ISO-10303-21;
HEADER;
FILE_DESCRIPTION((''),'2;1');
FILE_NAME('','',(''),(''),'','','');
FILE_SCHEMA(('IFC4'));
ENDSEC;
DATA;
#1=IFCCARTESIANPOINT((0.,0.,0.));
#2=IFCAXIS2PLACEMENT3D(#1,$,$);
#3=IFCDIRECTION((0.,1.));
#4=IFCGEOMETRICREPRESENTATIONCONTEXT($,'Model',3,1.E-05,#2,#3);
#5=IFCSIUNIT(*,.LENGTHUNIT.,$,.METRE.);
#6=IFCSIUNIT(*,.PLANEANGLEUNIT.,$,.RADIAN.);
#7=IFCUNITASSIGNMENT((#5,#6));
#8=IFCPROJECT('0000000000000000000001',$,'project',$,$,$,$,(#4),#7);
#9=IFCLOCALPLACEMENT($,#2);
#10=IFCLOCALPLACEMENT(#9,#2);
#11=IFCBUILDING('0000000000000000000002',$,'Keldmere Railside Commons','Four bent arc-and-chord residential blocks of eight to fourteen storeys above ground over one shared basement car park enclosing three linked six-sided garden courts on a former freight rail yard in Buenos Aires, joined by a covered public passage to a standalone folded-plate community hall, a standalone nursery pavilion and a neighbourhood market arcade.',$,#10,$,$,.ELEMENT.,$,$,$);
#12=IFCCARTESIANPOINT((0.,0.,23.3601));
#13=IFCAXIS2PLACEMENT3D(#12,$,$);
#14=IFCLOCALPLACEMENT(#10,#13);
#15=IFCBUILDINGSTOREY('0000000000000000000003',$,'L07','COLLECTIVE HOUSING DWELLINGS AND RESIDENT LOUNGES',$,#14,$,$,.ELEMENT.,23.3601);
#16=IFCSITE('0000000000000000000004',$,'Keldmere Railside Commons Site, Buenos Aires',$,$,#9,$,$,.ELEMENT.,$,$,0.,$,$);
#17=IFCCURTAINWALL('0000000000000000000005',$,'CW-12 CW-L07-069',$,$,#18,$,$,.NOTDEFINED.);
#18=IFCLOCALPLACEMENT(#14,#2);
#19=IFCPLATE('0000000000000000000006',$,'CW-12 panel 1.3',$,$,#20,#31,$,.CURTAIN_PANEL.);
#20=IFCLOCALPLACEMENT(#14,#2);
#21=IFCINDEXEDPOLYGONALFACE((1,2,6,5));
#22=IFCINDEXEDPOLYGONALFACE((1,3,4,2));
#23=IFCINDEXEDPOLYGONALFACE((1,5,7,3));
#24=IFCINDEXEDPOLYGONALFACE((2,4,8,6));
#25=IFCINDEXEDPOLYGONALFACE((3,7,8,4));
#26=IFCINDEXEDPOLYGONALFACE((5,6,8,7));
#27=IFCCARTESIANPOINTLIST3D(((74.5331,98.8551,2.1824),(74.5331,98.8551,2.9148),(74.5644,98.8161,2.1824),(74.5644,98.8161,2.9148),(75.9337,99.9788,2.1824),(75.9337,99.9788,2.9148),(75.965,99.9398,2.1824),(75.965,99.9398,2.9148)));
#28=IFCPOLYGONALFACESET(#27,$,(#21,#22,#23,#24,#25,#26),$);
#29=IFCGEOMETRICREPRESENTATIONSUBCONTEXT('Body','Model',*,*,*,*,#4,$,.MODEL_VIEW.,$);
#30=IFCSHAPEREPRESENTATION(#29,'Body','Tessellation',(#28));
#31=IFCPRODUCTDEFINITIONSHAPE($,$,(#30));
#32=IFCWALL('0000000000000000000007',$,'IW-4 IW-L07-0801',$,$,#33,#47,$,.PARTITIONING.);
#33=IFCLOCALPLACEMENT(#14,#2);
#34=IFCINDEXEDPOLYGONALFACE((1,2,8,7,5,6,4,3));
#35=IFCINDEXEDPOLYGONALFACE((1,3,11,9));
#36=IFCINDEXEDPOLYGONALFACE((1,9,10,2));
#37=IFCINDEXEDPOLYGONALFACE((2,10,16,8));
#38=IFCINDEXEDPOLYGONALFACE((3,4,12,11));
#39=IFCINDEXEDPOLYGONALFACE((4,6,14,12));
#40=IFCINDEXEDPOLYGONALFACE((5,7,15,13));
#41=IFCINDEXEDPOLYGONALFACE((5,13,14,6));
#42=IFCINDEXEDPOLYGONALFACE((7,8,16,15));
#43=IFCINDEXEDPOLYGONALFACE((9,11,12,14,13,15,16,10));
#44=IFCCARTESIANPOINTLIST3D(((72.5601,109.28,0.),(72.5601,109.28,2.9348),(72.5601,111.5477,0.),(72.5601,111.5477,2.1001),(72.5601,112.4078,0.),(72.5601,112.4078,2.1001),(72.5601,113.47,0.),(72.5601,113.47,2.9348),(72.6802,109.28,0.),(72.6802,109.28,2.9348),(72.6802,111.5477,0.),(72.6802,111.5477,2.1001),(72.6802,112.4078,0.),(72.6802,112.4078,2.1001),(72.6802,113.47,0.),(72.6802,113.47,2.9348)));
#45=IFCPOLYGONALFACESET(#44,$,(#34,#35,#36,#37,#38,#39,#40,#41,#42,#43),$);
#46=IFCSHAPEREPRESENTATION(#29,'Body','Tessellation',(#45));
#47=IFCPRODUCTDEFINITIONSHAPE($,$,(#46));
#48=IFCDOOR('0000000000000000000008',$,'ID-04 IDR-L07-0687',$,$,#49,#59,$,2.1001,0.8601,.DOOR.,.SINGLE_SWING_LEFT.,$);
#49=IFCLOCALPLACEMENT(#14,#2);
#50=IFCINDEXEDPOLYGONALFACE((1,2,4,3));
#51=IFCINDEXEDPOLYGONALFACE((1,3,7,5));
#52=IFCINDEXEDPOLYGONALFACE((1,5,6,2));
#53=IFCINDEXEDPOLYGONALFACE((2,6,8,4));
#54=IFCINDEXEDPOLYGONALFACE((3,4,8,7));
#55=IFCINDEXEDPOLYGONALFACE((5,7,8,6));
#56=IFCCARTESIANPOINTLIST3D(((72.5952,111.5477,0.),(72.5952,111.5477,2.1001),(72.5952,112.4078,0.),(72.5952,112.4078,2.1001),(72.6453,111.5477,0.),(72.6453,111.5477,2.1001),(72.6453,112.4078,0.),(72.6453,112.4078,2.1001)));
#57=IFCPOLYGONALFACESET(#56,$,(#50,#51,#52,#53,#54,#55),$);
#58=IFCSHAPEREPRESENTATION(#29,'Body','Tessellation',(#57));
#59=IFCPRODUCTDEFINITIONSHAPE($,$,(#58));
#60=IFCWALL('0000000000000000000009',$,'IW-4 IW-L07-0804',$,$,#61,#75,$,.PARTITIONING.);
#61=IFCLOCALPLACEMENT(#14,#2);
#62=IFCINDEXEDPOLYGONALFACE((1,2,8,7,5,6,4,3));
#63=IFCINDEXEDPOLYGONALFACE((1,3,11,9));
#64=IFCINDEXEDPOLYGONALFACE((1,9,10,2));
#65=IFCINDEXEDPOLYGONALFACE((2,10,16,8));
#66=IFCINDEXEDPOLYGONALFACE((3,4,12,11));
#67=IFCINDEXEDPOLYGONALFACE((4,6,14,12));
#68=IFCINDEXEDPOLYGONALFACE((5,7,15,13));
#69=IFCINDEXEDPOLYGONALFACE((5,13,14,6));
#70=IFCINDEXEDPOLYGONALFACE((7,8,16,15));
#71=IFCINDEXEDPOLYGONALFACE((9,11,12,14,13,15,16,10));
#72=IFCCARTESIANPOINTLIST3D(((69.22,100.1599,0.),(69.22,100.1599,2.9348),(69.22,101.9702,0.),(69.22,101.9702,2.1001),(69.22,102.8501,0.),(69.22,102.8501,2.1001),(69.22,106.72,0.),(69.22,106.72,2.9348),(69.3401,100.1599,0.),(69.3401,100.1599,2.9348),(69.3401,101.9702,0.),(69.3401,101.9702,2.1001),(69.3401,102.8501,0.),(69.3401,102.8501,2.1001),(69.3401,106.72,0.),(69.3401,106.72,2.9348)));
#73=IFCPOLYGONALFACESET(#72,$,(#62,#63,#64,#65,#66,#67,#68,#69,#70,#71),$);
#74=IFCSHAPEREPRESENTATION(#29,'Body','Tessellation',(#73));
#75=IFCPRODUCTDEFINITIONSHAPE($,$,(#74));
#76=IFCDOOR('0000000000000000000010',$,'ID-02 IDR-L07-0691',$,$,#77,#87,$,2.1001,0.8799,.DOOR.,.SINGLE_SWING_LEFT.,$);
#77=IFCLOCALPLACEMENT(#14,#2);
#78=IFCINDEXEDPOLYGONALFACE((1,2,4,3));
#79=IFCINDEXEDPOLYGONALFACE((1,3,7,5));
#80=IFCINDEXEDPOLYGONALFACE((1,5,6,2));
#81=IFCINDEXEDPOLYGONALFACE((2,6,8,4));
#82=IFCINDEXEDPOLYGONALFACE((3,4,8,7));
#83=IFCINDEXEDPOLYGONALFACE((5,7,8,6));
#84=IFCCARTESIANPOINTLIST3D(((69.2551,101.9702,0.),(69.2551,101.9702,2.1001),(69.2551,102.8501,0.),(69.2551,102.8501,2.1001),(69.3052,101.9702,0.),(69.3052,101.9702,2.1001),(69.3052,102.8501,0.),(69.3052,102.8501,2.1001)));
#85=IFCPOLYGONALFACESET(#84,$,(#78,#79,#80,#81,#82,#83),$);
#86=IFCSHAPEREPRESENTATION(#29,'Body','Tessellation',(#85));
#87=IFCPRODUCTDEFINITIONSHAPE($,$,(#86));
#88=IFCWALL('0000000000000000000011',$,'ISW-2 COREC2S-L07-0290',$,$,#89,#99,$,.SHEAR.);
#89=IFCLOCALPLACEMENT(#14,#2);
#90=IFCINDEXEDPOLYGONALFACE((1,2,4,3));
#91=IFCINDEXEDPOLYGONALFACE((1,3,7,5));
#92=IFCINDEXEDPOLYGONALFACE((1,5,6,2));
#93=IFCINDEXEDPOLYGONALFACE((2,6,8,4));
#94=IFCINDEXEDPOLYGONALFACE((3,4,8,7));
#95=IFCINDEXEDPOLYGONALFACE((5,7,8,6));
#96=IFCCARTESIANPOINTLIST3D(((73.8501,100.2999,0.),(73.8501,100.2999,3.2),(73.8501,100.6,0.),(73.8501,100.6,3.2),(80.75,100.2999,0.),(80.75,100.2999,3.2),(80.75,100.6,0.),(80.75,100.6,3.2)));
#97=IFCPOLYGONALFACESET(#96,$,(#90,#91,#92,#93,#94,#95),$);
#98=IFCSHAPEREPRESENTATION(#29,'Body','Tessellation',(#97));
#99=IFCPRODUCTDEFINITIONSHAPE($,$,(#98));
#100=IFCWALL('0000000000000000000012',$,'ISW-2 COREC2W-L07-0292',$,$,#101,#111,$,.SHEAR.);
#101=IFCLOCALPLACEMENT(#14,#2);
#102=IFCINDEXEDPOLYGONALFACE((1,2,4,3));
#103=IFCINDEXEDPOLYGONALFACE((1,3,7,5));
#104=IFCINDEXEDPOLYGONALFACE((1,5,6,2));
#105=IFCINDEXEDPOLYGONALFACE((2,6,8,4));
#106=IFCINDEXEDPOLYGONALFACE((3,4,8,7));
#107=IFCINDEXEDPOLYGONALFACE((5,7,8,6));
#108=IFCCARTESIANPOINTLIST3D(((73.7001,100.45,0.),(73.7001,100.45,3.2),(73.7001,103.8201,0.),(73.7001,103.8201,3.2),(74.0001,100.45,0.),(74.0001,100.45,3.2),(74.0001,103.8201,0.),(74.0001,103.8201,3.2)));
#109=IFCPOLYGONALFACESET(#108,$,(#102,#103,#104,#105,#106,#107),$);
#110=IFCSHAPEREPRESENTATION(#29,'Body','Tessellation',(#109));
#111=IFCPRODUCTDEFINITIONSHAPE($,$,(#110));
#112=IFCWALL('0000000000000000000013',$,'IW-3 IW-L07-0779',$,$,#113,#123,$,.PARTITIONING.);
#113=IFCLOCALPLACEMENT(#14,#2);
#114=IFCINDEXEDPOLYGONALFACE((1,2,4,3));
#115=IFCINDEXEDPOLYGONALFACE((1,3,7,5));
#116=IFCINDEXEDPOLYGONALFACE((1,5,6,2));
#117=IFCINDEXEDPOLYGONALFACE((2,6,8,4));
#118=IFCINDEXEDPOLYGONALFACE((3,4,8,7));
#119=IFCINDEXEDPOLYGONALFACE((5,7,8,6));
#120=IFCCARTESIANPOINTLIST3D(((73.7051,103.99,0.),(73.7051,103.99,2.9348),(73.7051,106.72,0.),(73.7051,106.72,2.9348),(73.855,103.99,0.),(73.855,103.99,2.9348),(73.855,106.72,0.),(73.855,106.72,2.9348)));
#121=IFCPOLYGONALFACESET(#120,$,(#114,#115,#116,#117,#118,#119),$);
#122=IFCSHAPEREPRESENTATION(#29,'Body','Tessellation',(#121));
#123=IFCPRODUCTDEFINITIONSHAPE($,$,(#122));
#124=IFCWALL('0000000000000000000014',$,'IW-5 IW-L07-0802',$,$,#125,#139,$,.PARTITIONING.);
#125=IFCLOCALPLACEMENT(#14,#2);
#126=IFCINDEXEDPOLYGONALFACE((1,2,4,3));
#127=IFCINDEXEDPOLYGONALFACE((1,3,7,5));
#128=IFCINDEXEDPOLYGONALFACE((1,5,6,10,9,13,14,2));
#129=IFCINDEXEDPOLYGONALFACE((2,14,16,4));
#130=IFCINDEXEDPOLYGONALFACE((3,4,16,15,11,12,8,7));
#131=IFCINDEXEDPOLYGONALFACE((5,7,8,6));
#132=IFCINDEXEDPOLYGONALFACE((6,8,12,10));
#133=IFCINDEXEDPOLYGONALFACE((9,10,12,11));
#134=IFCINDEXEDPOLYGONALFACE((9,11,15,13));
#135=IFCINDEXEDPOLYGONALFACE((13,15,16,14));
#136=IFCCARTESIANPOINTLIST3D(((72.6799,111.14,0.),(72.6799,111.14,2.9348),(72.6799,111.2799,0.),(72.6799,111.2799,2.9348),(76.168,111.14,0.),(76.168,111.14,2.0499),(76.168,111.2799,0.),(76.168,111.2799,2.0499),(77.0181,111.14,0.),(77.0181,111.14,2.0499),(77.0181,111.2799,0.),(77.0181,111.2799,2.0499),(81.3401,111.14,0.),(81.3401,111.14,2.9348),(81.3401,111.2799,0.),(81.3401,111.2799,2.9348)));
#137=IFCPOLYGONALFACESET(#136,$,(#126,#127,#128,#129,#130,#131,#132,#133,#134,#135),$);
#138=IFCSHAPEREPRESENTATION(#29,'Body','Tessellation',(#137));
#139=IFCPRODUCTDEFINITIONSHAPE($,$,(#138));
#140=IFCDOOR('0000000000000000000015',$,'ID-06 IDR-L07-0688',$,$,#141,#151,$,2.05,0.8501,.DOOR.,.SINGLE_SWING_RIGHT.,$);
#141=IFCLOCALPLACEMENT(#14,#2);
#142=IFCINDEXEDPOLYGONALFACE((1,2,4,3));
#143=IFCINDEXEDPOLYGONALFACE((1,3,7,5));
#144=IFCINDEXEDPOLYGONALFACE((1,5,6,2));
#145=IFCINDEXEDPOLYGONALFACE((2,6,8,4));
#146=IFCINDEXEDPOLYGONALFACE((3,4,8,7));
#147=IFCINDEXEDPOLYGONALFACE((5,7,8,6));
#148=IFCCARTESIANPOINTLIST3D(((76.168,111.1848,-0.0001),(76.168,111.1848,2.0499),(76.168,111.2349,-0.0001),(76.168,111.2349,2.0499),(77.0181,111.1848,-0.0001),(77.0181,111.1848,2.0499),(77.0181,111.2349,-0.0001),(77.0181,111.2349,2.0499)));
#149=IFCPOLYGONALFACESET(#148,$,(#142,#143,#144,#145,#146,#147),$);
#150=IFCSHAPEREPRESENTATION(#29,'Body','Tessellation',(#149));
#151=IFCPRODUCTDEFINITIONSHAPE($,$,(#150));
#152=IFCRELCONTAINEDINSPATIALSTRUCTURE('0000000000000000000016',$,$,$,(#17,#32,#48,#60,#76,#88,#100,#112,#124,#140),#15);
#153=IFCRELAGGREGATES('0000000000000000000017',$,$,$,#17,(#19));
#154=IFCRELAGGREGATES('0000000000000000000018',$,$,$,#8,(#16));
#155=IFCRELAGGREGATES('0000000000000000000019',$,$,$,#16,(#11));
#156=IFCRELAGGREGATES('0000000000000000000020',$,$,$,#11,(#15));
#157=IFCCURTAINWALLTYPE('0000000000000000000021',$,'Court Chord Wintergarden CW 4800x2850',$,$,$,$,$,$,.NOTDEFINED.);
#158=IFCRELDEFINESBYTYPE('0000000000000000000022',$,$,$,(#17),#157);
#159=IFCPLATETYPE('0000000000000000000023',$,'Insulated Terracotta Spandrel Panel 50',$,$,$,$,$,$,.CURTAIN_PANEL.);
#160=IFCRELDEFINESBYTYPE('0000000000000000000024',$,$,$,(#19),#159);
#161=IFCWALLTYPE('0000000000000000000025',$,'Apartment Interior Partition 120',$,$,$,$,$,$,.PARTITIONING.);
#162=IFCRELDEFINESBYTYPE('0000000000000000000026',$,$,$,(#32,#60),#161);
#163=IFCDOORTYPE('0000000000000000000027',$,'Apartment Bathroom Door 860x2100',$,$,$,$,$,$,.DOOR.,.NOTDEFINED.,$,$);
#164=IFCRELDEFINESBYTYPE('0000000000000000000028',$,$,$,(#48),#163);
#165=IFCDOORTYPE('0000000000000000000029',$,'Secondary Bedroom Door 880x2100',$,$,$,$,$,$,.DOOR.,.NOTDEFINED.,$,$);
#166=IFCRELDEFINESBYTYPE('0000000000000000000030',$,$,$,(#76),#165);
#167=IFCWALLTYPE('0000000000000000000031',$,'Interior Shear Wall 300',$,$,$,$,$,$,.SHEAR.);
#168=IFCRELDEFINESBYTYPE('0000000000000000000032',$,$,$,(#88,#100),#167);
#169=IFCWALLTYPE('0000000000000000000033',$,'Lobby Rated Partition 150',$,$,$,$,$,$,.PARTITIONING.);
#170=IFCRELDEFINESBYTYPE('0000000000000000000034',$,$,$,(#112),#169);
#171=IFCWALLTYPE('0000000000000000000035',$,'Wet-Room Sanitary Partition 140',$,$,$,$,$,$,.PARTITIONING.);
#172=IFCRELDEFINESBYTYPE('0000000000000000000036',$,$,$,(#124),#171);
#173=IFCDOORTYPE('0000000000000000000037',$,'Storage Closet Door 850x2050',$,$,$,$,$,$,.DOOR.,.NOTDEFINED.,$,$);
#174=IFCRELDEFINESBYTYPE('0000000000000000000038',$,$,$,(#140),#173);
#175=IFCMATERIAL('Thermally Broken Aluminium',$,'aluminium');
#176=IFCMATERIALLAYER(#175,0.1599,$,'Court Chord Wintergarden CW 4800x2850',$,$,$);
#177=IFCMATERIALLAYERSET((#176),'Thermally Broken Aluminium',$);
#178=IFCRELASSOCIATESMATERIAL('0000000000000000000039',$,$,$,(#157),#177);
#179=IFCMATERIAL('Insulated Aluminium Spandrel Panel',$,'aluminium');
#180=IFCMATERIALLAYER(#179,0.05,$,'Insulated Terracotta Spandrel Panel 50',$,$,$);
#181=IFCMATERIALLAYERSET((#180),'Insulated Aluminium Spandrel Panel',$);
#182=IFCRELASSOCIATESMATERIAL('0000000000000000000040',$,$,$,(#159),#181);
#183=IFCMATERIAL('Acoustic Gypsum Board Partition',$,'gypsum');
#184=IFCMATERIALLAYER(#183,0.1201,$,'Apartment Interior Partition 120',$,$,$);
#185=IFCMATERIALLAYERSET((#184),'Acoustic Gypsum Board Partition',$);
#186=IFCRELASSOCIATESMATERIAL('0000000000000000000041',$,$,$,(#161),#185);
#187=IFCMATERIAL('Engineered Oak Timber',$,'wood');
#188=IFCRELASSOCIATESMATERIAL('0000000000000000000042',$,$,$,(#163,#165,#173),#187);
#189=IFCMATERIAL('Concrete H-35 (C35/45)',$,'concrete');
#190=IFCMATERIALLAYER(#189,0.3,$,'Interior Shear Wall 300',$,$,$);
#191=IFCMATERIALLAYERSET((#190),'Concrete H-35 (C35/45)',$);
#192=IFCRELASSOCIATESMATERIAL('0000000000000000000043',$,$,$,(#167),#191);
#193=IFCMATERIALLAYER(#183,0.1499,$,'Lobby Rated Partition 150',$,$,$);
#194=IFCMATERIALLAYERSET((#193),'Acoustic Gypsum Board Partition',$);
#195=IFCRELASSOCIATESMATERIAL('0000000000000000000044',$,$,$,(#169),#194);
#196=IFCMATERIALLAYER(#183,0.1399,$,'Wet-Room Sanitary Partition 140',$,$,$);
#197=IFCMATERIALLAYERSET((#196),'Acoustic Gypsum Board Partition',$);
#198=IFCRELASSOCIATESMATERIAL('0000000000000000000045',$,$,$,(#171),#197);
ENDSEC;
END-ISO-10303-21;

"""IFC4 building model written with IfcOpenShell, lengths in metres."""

from ifc_helpers import new_model, si_unit, direction, frame, frame_2d, origin, origin_2d, place, context, subcontext, project, spatial, rectangle, extrude, material, layer, layer_set, type_object, element, fill, aggregate, save


model = new_model("IFC4")

# Units and contexts
model_context = context("Model", 3, precision=1e-05, world=origin(), true_north=direction((0.0, 1.0)))
body_context = subcontext(model_context, "Body", "Model", "MODEL_VIEW")
ifc_project = project(units=[si_unit("LENGTHUNIT", "METRE"), si_unit("PLANEANGLEUNIT", "RADIAN")], contexts=[model_context])

# Site, building, storey
site_placement = place(None, origin())
site = spatial("IfcSite", under=ifc_project, at=site_placement, Name="Keldmere Railside Commons Site, Buenos Aires", CompositionType="ELEMENT", RefElevation=0.0)
building_placement = place(site_placement, origin())
building = spatial("IfcBuilding", under=site, at=building_placement, Name="Keldmere Railside Commons", Description="Four bent arc-and-chord residential blocks of eight to fourteen storeys above ground over one shared basement car park enclosing three linked six-sided garden courts on a former freight rail yard in Buenos Aires, joined by a covered public passage to a standalone folded-plate community hall, a standalone nursery pavilion and a neighbourhood market arcade.", CompositionType="ELEMENT")
storey_placement = place(building_placement, frame((0.0, 0.0, 23.3601)))
storey = spatial("IfcBuildingStorey", under=building, at=storey_placement, Name="L07", Description="COLLECTIVE HOUSING DWELLINGS AND RESIDENT LOUNGES", CompositionType="ELEMENT", Elevation=23.3601)

# Shared definitions
ifc_material_1 = material(Name="Concrete H-35 (C35/45)", Category="concrete")

# Curtain wall, plate
ifc_material_2 = material(Name="Thermally Broken Aluminium", Category="aluminium")
ifc_layer_1 = layer(ifc_material_2, 0.1599, Name="Court Chord Wintergarden CW 4800x2850")
ifc_layer_set_1 = layer_set([ifc_layer_1], Name="Thermally Broken Aluminium")
curtain_wall_type = type_object("IfcCurtainWallType", Name="Court Chord Wintergarden CW 4800x2850", PredefinedType="NOTDEFINED", material=ifc_layer_set_1)
curtain_wall_placement = place(storey_placement, origin())
curtain_wall = element("IfcCurtainWall", 1, at=curtain_wall_placement, inside=storey, type_object=curtain_wall_type, Name="CW-12 CW-L07-069", PredefinedType="NOTDEFINED")
ifc_material_3 = material(Name="Insulated Aluminium Spandrel Panel", Category="aluminium")
ifc_layer_2 = layer(ifc_material_3, 0.05, Name="Insulated Terracotta Spandrel Panel 50")
ifc_layer_set_2 = layer_set([ifc_layer_2], Name="Insulated Aluminium Spandrel Panel")
plate_type = type_object("IfcPlateType", Name="Insulated Terracotta Spandrel Panel 50", PredefinedType="CURTAIN_PANEL", material=ifc_layer_set_2)
plate_1_placement = place(storey_placement, frame((75.249, 99.3975, 2.1824), z_axis=(0.0, 0.0, 1.0), x_axis=(-0.780009, -0.625768, 0.0)))
plate_1 = element("IfcPlate", 2, at=plate_1_placement, type_object=plate_type, Name="CW-12 panel 1.3", PredefinedType="CURTAIN_PANEL", context=body_context, shape_type="SweptSolid", body=[
    extrude(rectangle(XDim=1.7957, YDim=0.05, at=origin_2d()), origin(), (0.0, 0.0, 1.0), 0.7324),
])
aggregate(curtain_wall, [plate_1])

# Walls, openings, doors
ifc_material_4 = material(Name="Acoustic Gypsum Board Partition", Category="gypsum")
ifc_layer_3 = layer(ifc_material_4, 0.1201, Name="Apartment Interior Partition 120")
ifc_layer_set_3 = layer_set([ifc_layer_3], Name="Acoustic Gypsum Board Partition")
wall_type_1 = type_object("IfcWallType", Name="Apartment Interior Partition 120", PredefinedType="PARTITIONING", material=ifc_layer_set_3)
wall_1_placement = place(storey_placement, frame((72.6201, 109.28, 0.0), z_axis=(0.0, 0.0, 1.0), x_axis=(0.0, 1.0, 0.0)))
wall_1 = element("IfcWall", 3, at=wall_1_placement, inside=storey, type_object=wall_type_1, Name="IW-4 IW-L07-0801", PredefinedType="PARTITIONING", context=body_context, shape_type="SweptSolid", body=[
    extrude(rectangle(XDim=4.1899, YDim=0.1201, at=frame_2d((2.095, 0.0))), origin(), (0.0, 0.0, 1.0), 2.9348),
])
opening_1_placement = place(wall_1_placement, frame((2.2676, 0.0, 0.0)))
opening_1 = element("IfcOpeningElement", 4, at=opening_1_placement, cuts=wall_1, PredefinedType="OPENING", context=body_context, shape_type="SweptSolid", body=[
    extrude(rectangle(XDim=0.8601, YDim=2.1001, at=frame_2d((0.4302, 1.05))), frame((0.0, 0.0701, 0.0), z_axis=(0.0, -1.0, 0.0), x_axis=(1.0, 0.0, 0.0)), (0.0, 0.0, 1.0), 0.1401),
])
ifc_material_5 = material(Name="Engineered Oak Timber", Category="wood")
door_type_1 = type_object("IfcDoorType", Name="Apartment Bathroom Door 860x2100", OperationType="NOTDEFINED", PredefinedType="DOOR", material=ifc_material_5)
door_1_placement = place(opening_1_placement, origin())
door_1 = element("IfcDoor", 5, at=door_1_placement, inside=storey, type_object=door_type_1, Name="ID-04 IDR-L07-0687", OperationType="SINGLE_SWING_LEFT", OverallHeight=2.1001, OverallWidth=0.8601, PredefinedType="DOOR", context=body_context, shape_type="SweptSolid", body=[
    extrude(rectangle(XDim=0.8601, YDim=2.1001, at=frame_2d((0.4302, 1.05))), frame((0.0, 0.0249, 0.0), z_axis=(0.0, -1.0, 0.0), x_axis=(1.0, 0.0, 0.0)), (0.0, 0.0, 1.0), 0.05),
])
fill(opening_1, door_1)
wall_2_placement = place(storey_placement, frame((69.28, 100.1599, 0.0), z_axis=(0.0, 0.0, 1.0), x_axis=(0.0, 1.0, 0.0)))
wall_2 = element("IfcWall", 6, at=wall_2_placement, inside=storey, type_object=wall_type_1, Name="IW-4 IW-L07-0804", PredefinedType="PARTITIONING", context=body_context, shape_type="SweptSolid", body=[
    extrude(rectangle(XDim=6.5601, YDim=0.1201, at=frame_2d((3.28, 0.0))), origin(), (0.0, 0.0, 1.0), 2.9348),
])
opening_2_placement = place(wall_2_placement, frame((1.8103, 0.0, 0.0)))
opening_2 = element("IfcOpeningElement", 7, at=opening_2_placement, cuts=wall_2, PredefinedType="OPENING", context=body_context, shape_type="SweptSolid", body=[
    extrude(rectangle(XDim=0.8799, YDim=2.1001, at=frame_2d((0.4399, 1.05))), frame((0.0, 0.0701, 0.0), z_axis=(0.0, -1.0, 0.0), x_axis=(1.0, 0.0, 0.0)), (0.0, 0.0, 1.0), 0.1401),
])
door_type_2 = type_object("IfcDoorType", Name="Secondary Bedroom Door 880x2100", OperationType="NOTDEFINED", PredefinedType="DOOR", material=ifc_material_5)
door_2_placement = place(opening_2_placement, origin())
door_2 = element("IfcDoor", 8, at=door_2_placement, inside=storey, type_object=door_type_2, Name="ID-02 IDR-L07-0691", OperationType="SINGLE_SWING_LEFT", OverallHeight=2.1001, OverallWidth=0.8799, PredefinedType="DOOR", context=body_context, shape_type="SweptSolid", body=[
    extrude(rectangle(XDim=0.8799, YDim=2.1001, at=frame_2d((0.4399, 1.05))), frame((0.0, 0.0249, 0.0), z_axis=(0.0, -1.0, 0.0), x_axis=(1.0, 0.0, 0.0)), (0.0, 0.0, 1.0), 0.05),
])
fill(opening_2, door_2)

# Walls
ifc_layer_4 = layer(ifc_material_1, 0.3, Name="Interior Shear Wall 300")
ifc_layer_set_4 = layer_set([ifc_layer_4], Name="Concrete H-35 (C35/45)")
wall_type_2 = type_object("IfcWallType", Name="Interior Shear Wall 300", PredefinedType="SHEAR", material=ifc_layer_set_4)
wall_3_placement = place(storey_placement, frame((73.8501, 100.45, 0.0), z_axis=(0.0, 0.0, 1.0), x_axis=(1.0, 0.0, 0.0)))
element("IfcWall", 9, at=wall_3_placement, inside=storey, type_object=wall_type_2, Name="ISW-2 COREC2S-L07-0290", PredefinedType="SHEAR", context=body_context, shape_type="SweptSolid", body=[
    extrude(rectangle(XDim=6.8999, YDim=0.3, at=frame_2d((3.45, 0.0))), origin(), (0.0, 0.0, 1.0), 3.2),
])
wall_4_placement = place(storey_placement, frame((73.8501, 103.8201, 0.0), z_axis=(0.0, 0.0, 1.0), x_axis=(0.0, -1.0, 0.0)))
element("IfcWall", 10, at=wall_4_placement, inside=storey, type_object=wall_type_2, Name="ISW-2 COREC2W-L07-0292", PredefinedType="SHEAR", context=body_context, shape_type="SweptSolid", body=[
    extrude(rectangle(XDim=3.3701, YDim=0.3, at=frame_2d((1.6851, 0.0))), origin(), (0.0, 0.0, 1.0), 3.2),
])
ifc_layer_5 = layer(ifc_material_4, 0.1499, Name="Lobby Rated Partition 150")
ifc_layer_set_5 = layer_set([ifc_layer_5], Name="Acoustic Gypsum Board Partition")
wall_type_3 = type_object("IfcWallType", Name="Lobby Rated Partition 150", PredefinedType="PARTITIONING", material=ifc_layer_set_5)
wall_5_placement = place(storey_placement, frame((73.78, 103.99, 0.0), z_axis=(0.0, 0.0, 1.0), x_axis=(0.0, 1.0, 0.0)))
element("IfcWall", 11, at=wall_5_placement, inside=storey, type_object=wall_type_3, Name="IW-3 IW-L07-0779", PredefinedType="PARTITIONING", context=body_context, shape_type="SweptSolid", body=[
    extrude(rectangle(XDim=2.73, YDim=0.1499, at=frame_2d((1.365, 0.0))), origin(), (0.0, 0.0, 1.0), 2.9348),
])

# Wall, opening, door
ifc_layer_6 = layer(ifc_material_4, 0.1399, Name="Wet-Room Sanitary Partition 140")
ifc_layer_set_6 = layer_set([ifc_layer_6], Name="Acoustic Gypsum Board Partition")
wall_type_4 = type_object("IfcWallType", Name="Wet-Room Sanitary Partition 140", PredefinedType="PARTITIONING", material=ifc_layer_set_6)
wall_6_placement = place(storey_placement, frame((72.6799, 111.21, 0.0), z_axis=(0.0, 0.0, 1.0), x_axis=(1.0, 0.0, 0.0)))
wall_6 = element("IfcWall", 12, at=wall_6_placement, inside=storey, type_object=wall_type_4, Name="IW-5 IW-L07-0802", PredefinedType="PARTITIONING", context=body_context, shape_type="SweptSolid", body=[
    extrude(rectangle(XDim=8.6602, YDim=0.1399, at=frame_2d((4.3301, 0.0))), origin(), (0.0, 0.0, 1.0), 2.9348),
])
opening_3_placement = place(wall_6_placement, frame((3.488, 0.0, 0.0)))
opening_3 = element("IfcOpeningElement", 13, at=opening_3_placement, cuts=wall_6, PredefinedType="OPENING", context=body_context, shape_type="SweptSolid", body=[
    extrude(rectangle(XDim=0.8501, YDim=2.05, at=frame_2d((0.425, 1.0249))), frame((0.0, 0.0798, 0.0), z_axis=(0.0, -1.0, 0.0), x_axis=(1.0, 0.0, 0.0)), (0.0, 0.0, 1.0), 0.1599),
])
door_type_3 = type_object("IfcDoorType", Name="Storage Closet Door 850x2050", OperationType="NOTDEFINED", PredefinedType="DOOR", material=ifc_material_5)
door_3_placement = place(opening_3_placement, origin())
door_3 = element("IfcDoor", 14, at=door_3_placement, inside=storey, type_object=door_type_3, Name="ID-06 IDR-L07-0688", OperationType="SINGLE_SWING_RIGHT", OverallHeight=2.05, OverallWidth=0.8501, PredefinedType="DOOR", context=body_context, shape_type="SweptSolid", body=[
    extrude(rectangle(XDim=0.8501, YDim=2.05, at=frame_2d((0.425, 1.0249))), frame((0.0, 0.0249, 0.0), z_axis=(0.0, -1.0, 0.0), x_axis=(1.0, 0.0, 0.0)), (0.0, 0.0, 1.0), 0.05),
])
fill(opening_3, door_3)

save(model, "model.ifc")
